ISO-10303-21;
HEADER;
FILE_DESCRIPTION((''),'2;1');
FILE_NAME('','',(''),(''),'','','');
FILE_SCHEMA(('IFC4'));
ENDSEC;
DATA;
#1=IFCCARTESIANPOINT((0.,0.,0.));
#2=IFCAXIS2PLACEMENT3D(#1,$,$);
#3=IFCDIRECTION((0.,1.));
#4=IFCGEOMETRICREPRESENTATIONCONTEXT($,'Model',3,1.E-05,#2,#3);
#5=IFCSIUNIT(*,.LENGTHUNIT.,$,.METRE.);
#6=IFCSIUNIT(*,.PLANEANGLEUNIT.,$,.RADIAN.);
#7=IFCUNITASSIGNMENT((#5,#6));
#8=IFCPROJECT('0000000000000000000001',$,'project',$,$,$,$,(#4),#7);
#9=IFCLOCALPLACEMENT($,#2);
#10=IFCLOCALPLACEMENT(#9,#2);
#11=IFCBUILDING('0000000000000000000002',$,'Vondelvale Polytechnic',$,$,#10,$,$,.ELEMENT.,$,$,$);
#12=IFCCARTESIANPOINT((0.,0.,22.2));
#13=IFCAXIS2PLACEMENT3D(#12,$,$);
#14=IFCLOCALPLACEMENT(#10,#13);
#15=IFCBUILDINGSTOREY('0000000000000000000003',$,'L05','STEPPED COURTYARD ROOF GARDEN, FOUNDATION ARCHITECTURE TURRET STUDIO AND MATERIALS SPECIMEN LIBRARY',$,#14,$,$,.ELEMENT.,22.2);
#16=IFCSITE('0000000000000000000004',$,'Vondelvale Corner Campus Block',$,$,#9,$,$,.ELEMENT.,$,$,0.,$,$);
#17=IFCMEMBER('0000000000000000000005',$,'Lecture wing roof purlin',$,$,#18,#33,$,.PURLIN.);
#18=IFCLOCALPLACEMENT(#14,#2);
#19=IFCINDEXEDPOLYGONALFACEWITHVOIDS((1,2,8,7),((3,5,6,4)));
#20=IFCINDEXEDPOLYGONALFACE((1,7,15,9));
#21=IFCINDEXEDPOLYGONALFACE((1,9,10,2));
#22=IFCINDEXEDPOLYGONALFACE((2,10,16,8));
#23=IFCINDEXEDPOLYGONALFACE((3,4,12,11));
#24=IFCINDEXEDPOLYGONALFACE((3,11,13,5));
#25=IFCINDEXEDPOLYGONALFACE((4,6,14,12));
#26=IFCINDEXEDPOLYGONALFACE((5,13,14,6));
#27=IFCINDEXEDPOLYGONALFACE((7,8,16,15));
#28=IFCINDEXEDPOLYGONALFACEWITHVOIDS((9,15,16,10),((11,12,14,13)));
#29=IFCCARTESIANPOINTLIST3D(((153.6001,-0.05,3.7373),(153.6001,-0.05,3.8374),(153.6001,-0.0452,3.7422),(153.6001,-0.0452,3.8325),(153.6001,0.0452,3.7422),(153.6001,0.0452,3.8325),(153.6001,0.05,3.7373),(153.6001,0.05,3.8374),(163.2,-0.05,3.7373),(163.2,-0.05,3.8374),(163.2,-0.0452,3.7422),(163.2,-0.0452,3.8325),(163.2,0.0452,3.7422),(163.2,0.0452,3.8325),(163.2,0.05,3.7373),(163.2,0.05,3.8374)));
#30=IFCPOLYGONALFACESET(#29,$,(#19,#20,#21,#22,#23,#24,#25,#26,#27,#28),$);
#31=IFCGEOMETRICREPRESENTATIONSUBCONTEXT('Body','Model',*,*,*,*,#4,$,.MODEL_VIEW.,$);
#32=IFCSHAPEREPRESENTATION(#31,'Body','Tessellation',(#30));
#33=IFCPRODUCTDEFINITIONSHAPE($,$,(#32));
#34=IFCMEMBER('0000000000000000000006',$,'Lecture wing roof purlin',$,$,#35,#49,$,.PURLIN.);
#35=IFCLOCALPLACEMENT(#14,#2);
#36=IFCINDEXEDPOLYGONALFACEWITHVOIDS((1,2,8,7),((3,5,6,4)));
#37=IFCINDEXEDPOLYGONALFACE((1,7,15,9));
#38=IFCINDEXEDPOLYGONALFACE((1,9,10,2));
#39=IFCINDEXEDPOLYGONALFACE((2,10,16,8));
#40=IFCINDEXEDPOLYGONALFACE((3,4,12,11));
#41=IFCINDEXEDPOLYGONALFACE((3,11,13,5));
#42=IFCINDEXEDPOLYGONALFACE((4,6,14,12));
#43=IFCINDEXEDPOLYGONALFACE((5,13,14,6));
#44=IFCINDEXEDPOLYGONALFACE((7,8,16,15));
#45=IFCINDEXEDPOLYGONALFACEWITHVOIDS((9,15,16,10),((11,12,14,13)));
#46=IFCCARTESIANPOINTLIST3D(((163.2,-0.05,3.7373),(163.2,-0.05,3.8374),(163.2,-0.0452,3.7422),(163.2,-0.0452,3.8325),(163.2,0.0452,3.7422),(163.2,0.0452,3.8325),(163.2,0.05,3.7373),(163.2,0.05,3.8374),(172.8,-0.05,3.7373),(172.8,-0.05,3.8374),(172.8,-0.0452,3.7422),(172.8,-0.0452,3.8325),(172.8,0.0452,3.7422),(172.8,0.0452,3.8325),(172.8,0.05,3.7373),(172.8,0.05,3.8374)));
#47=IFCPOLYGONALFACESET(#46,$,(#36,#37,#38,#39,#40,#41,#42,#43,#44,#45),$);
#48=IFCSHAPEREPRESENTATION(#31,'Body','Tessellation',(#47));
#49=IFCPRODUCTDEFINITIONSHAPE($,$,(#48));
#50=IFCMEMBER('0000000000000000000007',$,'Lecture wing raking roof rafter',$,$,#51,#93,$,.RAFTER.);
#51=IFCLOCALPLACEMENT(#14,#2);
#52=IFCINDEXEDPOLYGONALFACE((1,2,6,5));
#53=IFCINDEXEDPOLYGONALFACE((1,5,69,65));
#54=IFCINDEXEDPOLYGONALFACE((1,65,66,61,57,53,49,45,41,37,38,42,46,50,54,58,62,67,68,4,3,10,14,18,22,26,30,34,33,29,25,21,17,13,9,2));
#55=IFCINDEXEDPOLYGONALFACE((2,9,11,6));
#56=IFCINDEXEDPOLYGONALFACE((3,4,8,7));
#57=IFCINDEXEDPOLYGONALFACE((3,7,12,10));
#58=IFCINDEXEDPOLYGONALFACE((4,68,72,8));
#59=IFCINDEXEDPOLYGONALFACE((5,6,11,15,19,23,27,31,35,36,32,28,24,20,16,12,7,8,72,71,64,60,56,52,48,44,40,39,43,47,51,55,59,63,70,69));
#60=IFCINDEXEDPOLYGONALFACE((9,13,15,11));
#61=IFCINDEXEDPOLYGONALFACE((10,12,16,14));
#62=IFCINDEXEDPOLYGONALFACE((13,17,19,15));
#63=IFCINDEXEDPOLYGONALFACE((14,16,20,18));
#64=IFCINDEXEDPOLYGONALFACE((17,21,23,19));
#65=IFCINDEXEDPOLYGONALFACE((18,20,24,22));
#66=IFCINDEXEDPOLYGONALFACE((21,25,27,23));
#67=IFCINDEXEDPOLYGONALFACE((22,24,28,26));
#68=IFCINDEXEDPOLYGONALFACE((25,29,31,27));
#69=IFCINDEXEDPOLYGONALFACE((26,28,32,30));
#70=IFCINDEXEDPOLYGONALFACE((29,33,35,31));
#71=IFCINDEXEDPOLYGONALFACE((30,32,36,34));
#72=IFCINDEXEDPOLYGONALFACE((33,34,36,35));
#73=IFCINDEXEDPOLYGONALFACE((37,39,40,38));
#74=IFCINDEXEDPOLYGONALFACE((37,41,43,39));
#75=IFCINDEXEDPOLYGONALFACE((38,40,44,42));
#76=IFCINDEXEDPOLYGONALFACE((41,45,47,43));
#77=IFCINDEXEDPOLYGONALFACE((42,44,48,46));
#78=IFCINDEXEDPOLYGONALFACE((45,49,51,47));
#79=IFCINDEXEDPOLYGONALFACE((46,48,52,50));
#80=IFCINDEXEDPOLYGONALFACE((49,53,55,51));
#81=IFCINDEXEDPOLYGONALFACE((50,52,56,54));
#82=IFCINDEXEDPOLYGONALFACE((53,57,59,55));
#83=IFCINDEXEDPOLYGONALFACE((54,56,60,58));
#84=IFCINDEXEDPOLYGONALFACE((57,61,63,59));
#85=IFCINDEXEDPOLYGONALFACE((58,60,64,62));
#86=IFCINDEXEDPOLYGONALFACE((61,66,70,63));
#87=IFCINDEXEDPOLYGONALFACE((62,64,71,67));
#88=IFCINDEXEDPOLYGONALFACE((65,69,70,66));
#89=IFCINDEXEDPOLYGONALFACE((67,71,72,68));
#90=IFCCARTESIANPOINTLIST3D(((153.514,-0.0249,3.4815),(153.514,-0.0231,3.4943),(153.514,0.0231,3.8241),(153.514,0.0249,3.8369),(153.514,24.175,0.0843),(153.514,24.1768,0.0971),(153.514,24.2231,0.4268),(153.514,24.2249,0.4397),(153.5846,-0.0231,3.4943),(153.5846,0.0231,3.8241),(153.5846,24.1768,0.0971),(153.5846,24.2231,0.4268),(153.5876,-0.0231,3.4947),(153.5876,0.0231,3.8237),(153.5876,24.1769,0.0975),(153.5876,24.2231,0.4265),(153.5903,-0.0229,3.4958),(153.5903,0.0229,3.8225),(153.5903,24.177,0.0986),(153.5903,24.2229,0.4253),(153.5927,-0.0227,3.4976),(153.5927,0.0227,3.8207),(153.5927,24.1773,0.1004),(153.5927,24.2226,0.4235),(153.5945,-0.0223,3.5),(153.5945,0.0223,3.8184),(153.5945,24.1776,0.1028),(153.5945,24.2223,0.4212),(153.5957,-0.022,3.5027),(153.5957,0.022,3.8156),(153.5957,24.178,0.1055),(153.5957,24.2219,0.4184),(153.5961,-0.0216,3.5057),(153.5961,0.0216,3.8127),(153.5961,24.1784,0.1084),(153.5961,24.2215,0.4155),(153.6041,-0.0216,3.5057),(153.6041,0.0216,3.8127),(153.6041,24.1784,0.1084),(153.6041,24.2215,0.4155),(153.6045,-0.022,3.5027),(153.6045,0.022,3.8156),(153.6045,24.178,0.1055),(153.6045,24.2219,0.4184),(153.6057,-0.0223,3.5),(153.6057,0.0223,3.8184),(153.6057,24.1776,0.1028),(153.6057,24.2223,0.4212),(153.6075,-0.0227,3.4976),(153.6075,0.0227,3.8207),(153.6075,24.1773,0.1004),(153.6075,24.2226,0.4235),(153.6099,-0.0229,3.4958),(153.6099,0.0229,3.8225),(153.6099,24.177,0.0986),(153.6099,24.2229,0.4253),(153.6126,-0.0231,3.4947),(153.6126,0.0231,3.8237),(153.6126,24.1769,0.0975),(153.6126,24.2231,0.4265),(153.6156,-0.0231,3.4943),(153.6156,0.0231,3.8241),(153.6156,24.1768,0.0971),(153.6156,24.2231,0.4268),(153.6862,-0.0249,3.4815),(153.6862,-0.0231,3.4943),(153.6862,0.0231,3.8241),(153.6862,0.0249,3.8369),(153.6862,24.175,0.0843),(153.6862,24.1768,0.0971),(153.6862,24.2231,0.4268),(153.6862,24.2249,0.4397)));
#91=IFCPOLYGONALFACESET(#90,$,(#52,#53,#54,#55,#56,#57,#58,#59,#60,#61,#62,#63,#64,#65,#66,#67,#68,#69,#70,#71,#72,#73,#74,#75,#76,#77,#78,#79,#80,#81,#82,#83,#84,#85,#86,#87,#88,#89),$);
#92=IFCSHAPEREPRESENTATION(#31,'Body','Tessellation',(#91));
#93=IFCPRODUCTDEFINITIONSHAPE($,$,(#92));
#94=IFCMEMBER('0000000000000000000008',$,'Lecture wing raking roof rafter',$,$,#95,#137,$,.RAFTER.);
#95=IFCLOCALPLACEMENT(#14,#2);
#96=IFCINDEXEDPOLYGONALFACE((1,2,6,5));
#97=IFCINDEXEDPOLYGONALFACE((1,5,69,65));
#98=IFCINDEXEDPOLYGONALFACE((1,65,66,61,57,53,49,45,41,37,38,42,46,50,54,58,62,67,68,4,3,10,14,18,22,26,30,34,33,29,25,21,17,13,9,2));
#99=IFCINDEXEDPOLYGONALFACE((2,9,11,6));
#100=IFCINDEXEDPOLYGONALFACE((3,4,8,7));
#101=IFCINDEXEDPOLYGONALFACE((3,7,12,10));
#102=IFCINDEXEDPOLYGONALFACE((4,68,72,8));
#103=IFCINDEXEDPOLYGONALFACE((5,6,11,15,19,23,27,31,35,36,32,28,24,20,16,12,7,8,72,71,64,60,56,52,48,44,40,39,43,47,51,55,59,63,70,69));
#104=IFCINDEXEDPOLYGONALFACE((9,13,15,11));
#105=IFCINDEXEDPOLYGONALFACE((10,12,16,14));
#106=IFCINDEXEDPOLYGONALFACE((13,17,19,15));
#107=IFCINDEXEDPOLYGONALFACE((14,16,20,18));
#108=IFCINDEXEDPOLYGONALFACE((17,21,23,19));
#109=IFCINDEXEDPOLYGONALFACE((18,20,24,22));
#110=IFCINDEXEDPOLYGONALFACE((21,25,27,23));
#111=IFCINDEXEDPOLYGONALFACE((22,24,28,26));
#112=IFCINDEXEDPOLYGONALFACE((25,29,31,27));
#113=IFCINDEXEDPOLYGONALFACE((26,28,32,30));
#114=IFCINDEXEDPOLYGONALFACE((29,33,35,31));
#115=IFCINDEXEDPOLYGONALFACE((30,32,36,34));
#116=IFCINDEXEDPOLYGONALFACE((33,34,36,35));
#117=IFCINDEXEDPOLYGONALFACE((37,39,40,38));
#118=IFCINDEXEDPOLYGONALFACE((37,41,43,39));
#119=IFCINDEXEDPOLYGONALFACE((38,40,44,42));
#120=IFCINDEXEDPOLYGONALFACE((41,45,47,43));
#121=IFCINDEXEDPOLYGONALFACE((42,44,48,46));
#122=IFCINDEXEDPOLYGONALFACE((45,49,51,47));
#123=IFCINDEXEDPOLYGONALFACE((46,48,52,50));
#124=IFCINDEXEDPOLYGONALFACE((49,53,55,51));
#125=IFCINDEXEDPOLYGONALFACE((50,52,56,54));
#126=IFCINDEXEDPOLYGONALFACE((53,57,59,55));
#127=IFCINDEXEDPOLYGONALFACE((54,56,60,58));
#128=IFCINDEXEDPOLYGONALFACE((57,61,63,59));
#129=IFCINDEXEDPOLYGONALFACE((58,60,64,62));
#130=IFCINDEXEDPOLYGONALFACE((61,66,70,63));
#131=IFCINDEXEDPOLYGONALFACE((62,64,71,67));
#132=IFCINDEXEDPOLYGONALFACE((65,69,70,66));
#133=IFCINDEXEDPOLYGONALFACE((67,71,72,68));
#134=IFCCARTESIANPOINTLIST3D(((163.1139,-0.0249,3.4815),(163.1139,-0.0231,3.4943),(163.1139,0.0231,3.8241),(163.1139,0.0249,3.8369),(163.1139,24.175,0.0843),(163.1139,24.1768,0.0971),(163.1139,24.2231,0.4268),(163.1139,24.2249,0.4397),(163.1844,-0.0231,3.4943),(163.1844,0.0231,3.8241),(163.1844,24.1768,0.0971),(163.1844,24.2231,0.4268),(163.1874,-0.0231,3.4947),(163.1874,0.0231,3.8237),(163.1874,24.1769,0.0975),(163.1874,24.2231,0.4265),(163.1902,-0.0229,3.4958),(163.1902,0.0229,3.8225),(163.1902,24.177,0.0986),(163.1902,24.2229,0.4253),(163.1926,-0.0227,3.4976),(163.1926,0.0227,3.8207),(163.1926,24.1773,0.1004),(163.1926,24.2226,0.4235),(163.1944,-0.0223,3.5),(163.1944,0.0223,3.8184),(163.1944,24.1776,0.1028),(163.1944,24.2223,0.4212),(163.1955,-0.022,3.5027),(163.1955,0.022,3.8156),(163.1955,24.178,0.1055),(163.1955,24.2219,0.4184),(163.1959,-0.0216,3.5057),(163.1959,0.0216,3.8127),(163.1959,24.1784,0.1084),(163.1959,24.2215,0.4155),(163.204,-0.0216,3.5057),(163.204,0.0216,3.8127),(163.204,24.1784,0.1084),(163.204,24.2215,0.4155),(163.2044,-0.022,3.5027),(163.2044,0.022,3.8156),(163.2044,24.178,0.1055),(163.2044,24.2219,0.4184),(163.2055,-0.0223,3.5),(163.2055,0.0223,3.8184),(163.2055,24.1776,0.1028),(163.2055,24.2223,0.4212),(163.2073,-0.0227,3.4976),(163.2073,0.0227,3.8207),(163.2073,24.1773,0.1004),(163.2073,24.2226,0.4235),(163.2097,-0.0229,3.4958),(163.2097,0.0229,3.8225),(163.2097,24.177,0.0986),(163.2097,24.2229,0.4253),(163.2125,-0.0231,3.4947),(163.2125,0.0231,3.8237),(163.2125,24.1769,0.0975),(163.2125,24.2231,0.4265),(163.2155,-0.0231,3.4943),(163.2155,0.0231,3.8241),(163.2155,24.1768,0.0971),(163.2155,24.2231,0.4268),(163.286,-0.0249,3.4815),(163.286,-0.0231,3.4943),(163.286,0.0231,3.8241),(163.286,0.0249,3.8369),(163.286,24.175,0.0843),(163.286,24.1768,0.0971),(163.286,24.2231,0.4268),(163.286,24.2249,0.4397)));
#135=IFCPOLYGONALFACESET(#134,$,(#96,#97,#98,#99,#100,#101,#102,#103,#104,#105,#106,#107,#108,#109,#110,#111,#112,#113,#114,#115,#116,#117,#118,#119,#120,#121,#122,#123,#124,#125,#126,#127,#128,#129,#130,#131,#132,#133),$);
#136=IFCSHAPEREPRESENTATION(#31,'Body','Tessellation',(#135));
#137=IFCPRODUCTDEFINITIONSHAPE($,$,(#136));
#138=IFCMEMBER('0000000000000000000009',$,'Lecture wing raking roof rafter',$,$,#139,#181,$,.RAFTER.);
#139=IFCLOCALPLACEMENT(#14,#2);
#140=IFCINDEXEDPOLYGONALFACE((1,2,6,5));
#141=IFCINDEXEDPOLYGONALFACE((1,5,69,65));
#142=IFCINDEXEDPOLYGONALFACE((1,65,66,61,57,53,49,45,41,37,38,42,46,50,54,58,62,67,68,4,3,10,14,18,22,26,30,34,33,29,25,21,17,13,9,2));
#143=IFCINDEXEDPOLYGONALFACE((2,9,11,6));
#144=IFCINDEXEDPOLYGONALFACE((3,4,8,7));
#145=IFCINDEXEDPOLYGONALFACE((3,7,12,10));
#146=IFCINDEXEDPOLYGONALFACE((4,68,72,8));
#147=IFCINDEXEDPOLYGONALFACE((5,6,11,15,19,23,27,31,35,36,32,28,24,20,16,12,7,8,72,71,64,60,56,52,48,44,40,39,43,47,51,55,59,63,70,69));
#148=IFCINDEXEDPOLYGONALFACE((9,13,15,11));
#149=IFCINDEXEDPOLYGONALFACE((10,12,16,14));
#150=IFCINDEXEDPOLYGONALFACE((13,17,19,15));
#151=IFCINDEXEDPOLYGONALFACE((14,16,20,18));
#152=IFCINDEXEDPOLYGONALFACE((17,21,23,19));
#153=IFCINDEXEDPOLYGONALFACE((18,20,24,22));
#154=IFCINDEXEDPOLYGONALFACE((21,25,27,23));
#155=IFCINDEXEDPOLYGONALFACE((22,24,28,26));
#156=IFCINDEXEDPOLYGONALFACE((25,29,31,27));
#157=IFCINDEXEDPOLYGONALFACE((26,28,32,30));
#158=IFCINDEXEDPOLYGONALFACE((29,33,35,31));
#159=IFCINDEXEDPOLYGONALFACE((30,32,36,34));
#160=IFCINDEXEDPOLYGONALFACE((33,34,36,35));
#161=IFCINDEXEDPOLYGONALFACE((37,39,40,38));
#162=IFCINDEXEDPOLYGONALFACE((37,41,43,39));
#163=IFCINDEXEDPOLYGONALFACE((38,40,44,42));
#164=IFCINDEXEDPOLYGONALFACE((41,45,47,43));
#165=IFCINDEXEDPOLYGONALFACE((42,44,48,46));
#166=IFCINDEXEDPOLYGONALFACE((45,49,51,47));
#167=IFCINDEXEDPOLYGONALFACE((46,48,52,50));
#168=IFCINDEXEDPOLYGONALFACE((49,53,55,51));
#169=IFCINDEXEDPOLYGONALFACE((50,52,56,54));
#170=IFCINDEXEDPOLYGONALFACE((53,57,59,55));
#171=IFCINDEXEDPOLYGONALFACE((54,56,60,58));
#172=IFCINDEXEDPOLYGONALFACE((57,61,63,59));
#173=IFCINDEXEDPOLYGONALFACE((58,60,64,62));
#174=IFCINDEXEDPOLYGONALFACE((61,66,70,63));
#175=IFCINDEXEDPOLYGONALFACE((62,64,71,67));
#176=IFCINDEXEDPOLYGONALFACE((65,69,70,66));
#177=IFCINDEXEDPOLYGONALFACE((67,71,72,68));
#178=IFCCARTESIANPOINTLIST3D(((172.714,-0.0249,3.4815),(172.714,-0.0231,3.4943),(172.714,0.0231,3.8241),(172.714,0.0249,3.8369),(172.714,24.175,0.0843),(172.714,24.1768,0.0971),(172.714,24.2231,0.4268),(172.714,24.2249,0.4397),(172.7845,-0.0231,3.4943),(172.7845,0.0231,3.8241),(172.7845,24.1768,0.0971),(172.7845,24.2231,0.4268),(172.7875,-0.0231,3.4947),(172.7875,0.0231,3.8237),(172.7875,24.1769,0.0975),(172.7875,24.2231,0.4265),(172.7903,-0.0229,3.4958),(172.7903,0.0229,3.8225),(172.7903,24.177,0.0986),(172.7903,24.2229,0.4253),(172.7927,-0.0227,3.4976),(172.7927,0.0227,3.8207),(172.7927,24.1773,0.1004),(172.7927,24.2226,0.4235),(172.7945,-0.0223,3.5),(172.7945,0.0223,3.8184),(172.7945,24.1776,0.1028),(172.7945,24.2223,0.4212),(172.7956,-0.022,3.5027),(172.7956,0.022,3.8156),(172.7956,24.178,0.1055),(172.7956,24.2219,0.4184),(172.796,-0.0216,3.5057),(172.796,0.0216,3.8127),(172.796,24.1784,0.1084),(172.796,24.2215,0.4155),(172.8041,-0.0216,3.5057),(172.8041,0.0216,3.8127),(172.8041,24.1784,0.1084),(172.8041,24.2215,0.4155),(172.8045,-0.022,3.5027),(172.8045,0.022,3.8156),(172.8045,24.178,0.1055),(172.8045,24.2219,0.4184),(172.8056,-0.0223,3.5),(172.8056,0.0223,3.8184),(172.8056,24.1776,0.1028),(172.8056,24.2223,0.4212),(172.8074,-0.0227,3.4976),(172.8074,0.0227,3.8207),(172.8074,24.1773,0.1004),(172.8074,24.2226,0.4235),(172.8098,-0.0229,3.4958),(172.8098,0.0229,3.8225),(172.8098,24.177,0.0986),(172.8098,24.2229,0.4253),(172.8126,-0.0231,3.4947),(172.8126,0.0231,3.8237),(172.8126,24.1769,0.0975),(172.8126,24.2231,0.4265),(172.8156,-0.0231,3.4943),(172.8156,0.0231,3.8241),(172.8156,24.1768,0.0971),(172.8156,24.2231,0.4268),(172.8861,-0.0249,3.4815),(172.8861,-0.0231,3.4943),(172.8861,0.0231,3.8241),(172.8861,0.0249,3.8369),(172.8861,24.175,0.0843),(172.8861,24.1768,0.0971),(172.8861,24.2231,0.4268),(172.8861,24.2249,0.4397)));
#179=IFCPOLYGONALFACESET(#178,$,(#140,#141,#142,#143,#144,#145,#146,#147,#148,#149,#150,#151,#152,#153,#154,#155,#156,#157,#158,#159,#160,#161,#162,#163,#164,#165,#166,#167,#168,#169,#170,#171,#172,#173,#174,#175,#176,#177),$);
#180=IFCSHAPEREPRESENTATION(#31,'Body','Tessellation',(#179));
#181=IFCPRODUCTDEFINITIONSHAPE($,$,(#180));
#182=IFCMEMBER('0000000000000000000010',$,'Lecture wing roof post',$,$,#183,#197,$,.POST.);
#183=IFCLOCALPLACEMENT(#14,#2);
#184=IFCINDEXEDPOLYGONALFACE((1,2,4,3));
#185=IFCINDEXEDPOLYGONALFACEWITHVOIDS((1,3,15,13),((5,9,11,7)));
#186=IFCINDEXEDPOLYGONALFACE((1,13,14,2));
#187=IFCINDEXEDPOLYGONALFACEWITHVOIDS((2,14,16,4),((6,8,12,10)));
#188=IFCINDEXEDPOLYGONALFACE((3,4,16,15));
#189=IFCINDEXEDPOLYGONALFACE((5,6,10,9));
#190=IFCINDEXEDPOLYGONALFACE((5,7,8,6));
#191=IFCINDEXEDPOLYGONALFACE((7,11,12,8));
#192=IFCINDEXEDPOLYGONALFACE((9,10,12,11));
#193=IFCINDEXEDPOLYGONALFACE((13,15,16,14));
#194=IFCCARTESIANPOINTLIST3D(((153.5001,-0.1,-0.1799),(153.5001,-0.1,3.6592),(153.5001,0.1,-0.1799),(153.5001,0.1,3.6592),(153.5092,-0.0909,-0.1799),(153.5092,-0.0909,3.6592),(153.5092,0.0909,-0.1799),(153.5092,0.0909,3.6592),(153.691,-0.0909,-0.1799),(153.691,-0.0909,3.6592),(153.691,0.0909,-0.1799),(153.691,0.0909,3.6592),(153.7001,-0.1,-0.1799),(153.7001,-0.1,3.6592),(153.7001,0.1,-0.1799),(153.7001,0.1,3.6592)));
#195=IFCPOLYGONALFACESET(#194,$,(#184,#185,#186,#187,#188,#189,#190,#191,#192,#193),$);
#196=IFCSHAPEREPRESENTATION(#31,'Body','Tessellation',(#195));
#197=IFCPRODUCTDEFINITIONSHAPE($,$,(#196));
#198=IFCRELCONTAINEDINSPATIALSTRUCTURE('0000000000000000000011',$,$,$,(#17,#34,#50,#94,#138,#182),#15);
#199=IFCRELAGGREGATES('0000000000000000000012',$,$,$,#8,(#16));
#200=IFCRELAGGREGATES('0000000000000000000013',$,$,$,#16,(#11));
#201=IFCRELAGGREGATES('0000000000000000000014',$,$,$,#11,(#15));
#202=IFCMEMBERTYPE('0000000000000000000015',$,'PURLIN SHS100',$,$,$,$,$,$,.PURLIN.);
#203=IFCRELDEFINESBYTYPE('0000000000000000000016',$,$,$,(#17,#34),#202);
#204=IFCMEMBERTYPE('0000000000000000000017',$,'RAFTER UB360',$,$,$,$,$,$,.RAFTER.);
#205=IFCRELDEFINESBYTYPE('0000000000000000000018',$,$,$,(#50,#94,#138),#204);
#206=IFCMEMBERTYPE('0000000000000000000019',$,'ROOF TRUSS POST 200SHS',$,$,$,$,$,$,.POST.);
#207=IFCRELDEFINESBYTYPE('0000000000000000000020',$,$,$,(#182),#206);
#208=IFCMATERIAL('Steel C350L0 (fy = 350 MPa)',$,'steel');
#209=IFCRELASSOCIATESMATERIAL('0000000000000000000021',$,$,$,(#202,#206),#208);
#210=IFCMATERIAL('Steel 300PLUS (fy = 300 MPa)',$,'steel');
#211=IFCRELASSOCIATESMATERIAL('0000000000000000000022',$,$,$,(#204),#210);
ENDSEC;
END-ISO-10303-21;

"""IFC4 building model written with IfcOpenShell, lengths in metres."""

from ifc_helpers import new_model, si_unit, direction, frame, origin, origin_2d, place, context, subcontext, project, spatial, hollow_rectangle, i_section, extrude, material, material_profile, profile_set, type_object, element, save


model = new_model("IFC4")

# Units and contexts
model_context = context("Model", 3, precision=1e-05, world=origin(), true_north=direction((0.0, 1.0)))
body_context = subcontext(model_context, "Body", "Model", "MODEL_VIEW")
ifc_project = project(units=[si_unit("LENGTHUNIT", "METRE"), si_unit("PLANEANGLEUNIT", "RADIAN")], contexts=[model_context])

# Site, building, storey
site_placement = place(None, origin())
site = spatial("IfcSite", under=ifc_project, at=site_placement, Name="Vondelvale Corner Campus Block", CompositionType="ELEMENT", RefElevation=0.0)
building_placement = place(site_placement, origin())
building = spatial("IfcBuilding", under=site, at=building_placement, Name="Vondelvale Polytechnic", CompositionType="ELEMENT")
storey_placement = place(building_placement, frame((0.0, 0.0, 22.2)))
storey = spatial("IfcBuildingStorey", under=building, at=storey_placement, Name="L05", Description="STEPPED COURTYARD ROOF GARDEN, FOUNDATION ARCHITECTURE TURRET STUDIO AND MATERIALS SPECIMEN LIBRARY", CompositionType="ELEMENT", Elevation=22.2)

# Members
ifc_material_1 = material(Name="Steel C350L0 (fy = 350 MPa)", Category="steel")
ifc_material_profile_1 = material_profile(ifc_material_1, hollow_rectangle(XDim=0.1001, YDim=0.1001, WallThickness=0.0049, at=origin_2d()), Name="100x100x5.0SHS")
ifc_profile_set_1 = profile_set([ifc_material_profile_1], Name="Steel C350L0 (fy = 350 MPa)")
member_type_1 = type_object("IfcMemberType", Name="PURLIN SHS100", PredefinedType="PURLIN", material=ifc_profile_set_1)
member_1_placement = place(storey_placement, frame((153.6001, 0.0, 3.7874), z_axis=(1.0, 0.0, 0.0), x_axis=(0.0, 1.0, 0.0)))
element("IfcMember", 1, at=member_1_placement, inside=storey, type_object=member_type_1, Name="Lecture wing roof purlin", PredefinedType="PURLIN", context=body_context, shape_type="SweptSolid", body=[
    extrude(hollow_rectangle(XDim=0.1001, YDim=0.1001, WallThickness=0.0049, at=origin_2d()), origin(), (0.0, 0.0, 1.0), 9.5999),
])
member_2_placement = place(storey_placement, frame((163.2, 0.0, 3.7874), z_axis=(1.0, 0.0, 0.0), x_axis=(0.0, 1.0, 0.0)))
element("IfcMember", 2, at=member_2_placement, inside=storey, type_object=member_type_1, Name="Lecture wing roof purlin", PredefinedType="PURLIN", context=body_context, shape_type="SweptSolid", body=[
    extrude(hollow_rectangle(XDim=0.1001, YDim=0.1001, WallThickness=0.0049, at=origin_2d()), origin(), (0.0, 0.0, 1.0), 9.6001),
])
ifc_material_2 = material(Name="Steel 300PLUS (fy = 300 MPa)", Category="steel")
ifc_material_profile_2 = material_profile(ifc_material_2, i_section(OverallWidth=0.1721, OverallDepth=0.3589, WebThickness=0.0081, FlangeThickness=0.0129, FilletRadius=0.0115, at=origin_2d()), Name="360UB56.7")
ifc_profile_set_2 = profile_set([ifc_material_profile_2], Name="Steel 300PLUS (fy = 300 MPa)")
member_type_2 = type_object("IfcMemberType", Name="RAFTER UB360", PredefinedType="RAFTER", material=ifc_profile_set_2)
for number, where, z_axis, x_axis, name in (
    (3, (153.6001, 0.0, 3.6592), (0.0, 0.99029, -0.139018), (-1.0, 0.0, 0.0), "Lecture wing raking roof rafter"),
    (4, (163.2, 0.0, 3.6592), (0.0, 0.99029, -0.139018), (-1.0, 0.0, 0.0), "Lecture wing raking roof rafter"),
    (5, (172.8, 0.0, 3.6592), (0.0, 0.99029, -0.139018), (-1.0, 0.0, 0.0), "Lecture wing raking roof rafter"),
):
    element("IfcMember", number, at=place(storey_placement, frame(where, z_axis=z_axis, x_axis=x_axis)), inside=storey, type_object=member_type_2, Name=name, PredefinedType="RAFTER", context=body_context, shape_type="SweptSolid", body=[
        extrude(i_section(OverallWidth=0.1721, OverallDepth=0.3589, WebThickness=0.0081, FlangeThickness=0.0129, FilletRadius=0.0115, at=origin_2d()), origin(), (0.0, 0.0, 1.0), 24.4373),
    ])
ifc_material_profile_3 = material_profile(ifc_material_1, hollow_rectangle(XDim=0.2, YDim=0.2, WallThickness=0.009, at=origin_2d()), Name="200x200x9.0SHS")
ifc_profile_set_3 = profile_set([ifc_material_profile_3], Name="Steel C350L0 (fy = 350 MPa)")
member_type_3 = type_object("IfcMemberType", Name="ROOF TRUSS POST 200SHS", PredefinedType="POST", material=ifc_profile_set_3)
for number, where, z_axis, x_axis, name in (
    (6, (153.6001, 0.0, -0.1799), (0.0, 0.0, 1.0), (1.0, 0.0, 0.0), "Lecture wing roof post"),
):
    element("IfcMember", number, at=place(storey_placement, frame(where, z_axis=z_axis, x_axis=x_axis)), inside=storey, type_object=member_type_3, Name=name, PredefinedType="POST", context=body_context, shape_type="SweptSolid", body=[
        extrude(hollow_rectangle(XDim=0.2, YDim=0.2, WallThickness=0.009, at=origin_2d()), origin(), (0.0, 0.0, 1.0), 3.8391),
    ])

save(model, "model.ifc")
